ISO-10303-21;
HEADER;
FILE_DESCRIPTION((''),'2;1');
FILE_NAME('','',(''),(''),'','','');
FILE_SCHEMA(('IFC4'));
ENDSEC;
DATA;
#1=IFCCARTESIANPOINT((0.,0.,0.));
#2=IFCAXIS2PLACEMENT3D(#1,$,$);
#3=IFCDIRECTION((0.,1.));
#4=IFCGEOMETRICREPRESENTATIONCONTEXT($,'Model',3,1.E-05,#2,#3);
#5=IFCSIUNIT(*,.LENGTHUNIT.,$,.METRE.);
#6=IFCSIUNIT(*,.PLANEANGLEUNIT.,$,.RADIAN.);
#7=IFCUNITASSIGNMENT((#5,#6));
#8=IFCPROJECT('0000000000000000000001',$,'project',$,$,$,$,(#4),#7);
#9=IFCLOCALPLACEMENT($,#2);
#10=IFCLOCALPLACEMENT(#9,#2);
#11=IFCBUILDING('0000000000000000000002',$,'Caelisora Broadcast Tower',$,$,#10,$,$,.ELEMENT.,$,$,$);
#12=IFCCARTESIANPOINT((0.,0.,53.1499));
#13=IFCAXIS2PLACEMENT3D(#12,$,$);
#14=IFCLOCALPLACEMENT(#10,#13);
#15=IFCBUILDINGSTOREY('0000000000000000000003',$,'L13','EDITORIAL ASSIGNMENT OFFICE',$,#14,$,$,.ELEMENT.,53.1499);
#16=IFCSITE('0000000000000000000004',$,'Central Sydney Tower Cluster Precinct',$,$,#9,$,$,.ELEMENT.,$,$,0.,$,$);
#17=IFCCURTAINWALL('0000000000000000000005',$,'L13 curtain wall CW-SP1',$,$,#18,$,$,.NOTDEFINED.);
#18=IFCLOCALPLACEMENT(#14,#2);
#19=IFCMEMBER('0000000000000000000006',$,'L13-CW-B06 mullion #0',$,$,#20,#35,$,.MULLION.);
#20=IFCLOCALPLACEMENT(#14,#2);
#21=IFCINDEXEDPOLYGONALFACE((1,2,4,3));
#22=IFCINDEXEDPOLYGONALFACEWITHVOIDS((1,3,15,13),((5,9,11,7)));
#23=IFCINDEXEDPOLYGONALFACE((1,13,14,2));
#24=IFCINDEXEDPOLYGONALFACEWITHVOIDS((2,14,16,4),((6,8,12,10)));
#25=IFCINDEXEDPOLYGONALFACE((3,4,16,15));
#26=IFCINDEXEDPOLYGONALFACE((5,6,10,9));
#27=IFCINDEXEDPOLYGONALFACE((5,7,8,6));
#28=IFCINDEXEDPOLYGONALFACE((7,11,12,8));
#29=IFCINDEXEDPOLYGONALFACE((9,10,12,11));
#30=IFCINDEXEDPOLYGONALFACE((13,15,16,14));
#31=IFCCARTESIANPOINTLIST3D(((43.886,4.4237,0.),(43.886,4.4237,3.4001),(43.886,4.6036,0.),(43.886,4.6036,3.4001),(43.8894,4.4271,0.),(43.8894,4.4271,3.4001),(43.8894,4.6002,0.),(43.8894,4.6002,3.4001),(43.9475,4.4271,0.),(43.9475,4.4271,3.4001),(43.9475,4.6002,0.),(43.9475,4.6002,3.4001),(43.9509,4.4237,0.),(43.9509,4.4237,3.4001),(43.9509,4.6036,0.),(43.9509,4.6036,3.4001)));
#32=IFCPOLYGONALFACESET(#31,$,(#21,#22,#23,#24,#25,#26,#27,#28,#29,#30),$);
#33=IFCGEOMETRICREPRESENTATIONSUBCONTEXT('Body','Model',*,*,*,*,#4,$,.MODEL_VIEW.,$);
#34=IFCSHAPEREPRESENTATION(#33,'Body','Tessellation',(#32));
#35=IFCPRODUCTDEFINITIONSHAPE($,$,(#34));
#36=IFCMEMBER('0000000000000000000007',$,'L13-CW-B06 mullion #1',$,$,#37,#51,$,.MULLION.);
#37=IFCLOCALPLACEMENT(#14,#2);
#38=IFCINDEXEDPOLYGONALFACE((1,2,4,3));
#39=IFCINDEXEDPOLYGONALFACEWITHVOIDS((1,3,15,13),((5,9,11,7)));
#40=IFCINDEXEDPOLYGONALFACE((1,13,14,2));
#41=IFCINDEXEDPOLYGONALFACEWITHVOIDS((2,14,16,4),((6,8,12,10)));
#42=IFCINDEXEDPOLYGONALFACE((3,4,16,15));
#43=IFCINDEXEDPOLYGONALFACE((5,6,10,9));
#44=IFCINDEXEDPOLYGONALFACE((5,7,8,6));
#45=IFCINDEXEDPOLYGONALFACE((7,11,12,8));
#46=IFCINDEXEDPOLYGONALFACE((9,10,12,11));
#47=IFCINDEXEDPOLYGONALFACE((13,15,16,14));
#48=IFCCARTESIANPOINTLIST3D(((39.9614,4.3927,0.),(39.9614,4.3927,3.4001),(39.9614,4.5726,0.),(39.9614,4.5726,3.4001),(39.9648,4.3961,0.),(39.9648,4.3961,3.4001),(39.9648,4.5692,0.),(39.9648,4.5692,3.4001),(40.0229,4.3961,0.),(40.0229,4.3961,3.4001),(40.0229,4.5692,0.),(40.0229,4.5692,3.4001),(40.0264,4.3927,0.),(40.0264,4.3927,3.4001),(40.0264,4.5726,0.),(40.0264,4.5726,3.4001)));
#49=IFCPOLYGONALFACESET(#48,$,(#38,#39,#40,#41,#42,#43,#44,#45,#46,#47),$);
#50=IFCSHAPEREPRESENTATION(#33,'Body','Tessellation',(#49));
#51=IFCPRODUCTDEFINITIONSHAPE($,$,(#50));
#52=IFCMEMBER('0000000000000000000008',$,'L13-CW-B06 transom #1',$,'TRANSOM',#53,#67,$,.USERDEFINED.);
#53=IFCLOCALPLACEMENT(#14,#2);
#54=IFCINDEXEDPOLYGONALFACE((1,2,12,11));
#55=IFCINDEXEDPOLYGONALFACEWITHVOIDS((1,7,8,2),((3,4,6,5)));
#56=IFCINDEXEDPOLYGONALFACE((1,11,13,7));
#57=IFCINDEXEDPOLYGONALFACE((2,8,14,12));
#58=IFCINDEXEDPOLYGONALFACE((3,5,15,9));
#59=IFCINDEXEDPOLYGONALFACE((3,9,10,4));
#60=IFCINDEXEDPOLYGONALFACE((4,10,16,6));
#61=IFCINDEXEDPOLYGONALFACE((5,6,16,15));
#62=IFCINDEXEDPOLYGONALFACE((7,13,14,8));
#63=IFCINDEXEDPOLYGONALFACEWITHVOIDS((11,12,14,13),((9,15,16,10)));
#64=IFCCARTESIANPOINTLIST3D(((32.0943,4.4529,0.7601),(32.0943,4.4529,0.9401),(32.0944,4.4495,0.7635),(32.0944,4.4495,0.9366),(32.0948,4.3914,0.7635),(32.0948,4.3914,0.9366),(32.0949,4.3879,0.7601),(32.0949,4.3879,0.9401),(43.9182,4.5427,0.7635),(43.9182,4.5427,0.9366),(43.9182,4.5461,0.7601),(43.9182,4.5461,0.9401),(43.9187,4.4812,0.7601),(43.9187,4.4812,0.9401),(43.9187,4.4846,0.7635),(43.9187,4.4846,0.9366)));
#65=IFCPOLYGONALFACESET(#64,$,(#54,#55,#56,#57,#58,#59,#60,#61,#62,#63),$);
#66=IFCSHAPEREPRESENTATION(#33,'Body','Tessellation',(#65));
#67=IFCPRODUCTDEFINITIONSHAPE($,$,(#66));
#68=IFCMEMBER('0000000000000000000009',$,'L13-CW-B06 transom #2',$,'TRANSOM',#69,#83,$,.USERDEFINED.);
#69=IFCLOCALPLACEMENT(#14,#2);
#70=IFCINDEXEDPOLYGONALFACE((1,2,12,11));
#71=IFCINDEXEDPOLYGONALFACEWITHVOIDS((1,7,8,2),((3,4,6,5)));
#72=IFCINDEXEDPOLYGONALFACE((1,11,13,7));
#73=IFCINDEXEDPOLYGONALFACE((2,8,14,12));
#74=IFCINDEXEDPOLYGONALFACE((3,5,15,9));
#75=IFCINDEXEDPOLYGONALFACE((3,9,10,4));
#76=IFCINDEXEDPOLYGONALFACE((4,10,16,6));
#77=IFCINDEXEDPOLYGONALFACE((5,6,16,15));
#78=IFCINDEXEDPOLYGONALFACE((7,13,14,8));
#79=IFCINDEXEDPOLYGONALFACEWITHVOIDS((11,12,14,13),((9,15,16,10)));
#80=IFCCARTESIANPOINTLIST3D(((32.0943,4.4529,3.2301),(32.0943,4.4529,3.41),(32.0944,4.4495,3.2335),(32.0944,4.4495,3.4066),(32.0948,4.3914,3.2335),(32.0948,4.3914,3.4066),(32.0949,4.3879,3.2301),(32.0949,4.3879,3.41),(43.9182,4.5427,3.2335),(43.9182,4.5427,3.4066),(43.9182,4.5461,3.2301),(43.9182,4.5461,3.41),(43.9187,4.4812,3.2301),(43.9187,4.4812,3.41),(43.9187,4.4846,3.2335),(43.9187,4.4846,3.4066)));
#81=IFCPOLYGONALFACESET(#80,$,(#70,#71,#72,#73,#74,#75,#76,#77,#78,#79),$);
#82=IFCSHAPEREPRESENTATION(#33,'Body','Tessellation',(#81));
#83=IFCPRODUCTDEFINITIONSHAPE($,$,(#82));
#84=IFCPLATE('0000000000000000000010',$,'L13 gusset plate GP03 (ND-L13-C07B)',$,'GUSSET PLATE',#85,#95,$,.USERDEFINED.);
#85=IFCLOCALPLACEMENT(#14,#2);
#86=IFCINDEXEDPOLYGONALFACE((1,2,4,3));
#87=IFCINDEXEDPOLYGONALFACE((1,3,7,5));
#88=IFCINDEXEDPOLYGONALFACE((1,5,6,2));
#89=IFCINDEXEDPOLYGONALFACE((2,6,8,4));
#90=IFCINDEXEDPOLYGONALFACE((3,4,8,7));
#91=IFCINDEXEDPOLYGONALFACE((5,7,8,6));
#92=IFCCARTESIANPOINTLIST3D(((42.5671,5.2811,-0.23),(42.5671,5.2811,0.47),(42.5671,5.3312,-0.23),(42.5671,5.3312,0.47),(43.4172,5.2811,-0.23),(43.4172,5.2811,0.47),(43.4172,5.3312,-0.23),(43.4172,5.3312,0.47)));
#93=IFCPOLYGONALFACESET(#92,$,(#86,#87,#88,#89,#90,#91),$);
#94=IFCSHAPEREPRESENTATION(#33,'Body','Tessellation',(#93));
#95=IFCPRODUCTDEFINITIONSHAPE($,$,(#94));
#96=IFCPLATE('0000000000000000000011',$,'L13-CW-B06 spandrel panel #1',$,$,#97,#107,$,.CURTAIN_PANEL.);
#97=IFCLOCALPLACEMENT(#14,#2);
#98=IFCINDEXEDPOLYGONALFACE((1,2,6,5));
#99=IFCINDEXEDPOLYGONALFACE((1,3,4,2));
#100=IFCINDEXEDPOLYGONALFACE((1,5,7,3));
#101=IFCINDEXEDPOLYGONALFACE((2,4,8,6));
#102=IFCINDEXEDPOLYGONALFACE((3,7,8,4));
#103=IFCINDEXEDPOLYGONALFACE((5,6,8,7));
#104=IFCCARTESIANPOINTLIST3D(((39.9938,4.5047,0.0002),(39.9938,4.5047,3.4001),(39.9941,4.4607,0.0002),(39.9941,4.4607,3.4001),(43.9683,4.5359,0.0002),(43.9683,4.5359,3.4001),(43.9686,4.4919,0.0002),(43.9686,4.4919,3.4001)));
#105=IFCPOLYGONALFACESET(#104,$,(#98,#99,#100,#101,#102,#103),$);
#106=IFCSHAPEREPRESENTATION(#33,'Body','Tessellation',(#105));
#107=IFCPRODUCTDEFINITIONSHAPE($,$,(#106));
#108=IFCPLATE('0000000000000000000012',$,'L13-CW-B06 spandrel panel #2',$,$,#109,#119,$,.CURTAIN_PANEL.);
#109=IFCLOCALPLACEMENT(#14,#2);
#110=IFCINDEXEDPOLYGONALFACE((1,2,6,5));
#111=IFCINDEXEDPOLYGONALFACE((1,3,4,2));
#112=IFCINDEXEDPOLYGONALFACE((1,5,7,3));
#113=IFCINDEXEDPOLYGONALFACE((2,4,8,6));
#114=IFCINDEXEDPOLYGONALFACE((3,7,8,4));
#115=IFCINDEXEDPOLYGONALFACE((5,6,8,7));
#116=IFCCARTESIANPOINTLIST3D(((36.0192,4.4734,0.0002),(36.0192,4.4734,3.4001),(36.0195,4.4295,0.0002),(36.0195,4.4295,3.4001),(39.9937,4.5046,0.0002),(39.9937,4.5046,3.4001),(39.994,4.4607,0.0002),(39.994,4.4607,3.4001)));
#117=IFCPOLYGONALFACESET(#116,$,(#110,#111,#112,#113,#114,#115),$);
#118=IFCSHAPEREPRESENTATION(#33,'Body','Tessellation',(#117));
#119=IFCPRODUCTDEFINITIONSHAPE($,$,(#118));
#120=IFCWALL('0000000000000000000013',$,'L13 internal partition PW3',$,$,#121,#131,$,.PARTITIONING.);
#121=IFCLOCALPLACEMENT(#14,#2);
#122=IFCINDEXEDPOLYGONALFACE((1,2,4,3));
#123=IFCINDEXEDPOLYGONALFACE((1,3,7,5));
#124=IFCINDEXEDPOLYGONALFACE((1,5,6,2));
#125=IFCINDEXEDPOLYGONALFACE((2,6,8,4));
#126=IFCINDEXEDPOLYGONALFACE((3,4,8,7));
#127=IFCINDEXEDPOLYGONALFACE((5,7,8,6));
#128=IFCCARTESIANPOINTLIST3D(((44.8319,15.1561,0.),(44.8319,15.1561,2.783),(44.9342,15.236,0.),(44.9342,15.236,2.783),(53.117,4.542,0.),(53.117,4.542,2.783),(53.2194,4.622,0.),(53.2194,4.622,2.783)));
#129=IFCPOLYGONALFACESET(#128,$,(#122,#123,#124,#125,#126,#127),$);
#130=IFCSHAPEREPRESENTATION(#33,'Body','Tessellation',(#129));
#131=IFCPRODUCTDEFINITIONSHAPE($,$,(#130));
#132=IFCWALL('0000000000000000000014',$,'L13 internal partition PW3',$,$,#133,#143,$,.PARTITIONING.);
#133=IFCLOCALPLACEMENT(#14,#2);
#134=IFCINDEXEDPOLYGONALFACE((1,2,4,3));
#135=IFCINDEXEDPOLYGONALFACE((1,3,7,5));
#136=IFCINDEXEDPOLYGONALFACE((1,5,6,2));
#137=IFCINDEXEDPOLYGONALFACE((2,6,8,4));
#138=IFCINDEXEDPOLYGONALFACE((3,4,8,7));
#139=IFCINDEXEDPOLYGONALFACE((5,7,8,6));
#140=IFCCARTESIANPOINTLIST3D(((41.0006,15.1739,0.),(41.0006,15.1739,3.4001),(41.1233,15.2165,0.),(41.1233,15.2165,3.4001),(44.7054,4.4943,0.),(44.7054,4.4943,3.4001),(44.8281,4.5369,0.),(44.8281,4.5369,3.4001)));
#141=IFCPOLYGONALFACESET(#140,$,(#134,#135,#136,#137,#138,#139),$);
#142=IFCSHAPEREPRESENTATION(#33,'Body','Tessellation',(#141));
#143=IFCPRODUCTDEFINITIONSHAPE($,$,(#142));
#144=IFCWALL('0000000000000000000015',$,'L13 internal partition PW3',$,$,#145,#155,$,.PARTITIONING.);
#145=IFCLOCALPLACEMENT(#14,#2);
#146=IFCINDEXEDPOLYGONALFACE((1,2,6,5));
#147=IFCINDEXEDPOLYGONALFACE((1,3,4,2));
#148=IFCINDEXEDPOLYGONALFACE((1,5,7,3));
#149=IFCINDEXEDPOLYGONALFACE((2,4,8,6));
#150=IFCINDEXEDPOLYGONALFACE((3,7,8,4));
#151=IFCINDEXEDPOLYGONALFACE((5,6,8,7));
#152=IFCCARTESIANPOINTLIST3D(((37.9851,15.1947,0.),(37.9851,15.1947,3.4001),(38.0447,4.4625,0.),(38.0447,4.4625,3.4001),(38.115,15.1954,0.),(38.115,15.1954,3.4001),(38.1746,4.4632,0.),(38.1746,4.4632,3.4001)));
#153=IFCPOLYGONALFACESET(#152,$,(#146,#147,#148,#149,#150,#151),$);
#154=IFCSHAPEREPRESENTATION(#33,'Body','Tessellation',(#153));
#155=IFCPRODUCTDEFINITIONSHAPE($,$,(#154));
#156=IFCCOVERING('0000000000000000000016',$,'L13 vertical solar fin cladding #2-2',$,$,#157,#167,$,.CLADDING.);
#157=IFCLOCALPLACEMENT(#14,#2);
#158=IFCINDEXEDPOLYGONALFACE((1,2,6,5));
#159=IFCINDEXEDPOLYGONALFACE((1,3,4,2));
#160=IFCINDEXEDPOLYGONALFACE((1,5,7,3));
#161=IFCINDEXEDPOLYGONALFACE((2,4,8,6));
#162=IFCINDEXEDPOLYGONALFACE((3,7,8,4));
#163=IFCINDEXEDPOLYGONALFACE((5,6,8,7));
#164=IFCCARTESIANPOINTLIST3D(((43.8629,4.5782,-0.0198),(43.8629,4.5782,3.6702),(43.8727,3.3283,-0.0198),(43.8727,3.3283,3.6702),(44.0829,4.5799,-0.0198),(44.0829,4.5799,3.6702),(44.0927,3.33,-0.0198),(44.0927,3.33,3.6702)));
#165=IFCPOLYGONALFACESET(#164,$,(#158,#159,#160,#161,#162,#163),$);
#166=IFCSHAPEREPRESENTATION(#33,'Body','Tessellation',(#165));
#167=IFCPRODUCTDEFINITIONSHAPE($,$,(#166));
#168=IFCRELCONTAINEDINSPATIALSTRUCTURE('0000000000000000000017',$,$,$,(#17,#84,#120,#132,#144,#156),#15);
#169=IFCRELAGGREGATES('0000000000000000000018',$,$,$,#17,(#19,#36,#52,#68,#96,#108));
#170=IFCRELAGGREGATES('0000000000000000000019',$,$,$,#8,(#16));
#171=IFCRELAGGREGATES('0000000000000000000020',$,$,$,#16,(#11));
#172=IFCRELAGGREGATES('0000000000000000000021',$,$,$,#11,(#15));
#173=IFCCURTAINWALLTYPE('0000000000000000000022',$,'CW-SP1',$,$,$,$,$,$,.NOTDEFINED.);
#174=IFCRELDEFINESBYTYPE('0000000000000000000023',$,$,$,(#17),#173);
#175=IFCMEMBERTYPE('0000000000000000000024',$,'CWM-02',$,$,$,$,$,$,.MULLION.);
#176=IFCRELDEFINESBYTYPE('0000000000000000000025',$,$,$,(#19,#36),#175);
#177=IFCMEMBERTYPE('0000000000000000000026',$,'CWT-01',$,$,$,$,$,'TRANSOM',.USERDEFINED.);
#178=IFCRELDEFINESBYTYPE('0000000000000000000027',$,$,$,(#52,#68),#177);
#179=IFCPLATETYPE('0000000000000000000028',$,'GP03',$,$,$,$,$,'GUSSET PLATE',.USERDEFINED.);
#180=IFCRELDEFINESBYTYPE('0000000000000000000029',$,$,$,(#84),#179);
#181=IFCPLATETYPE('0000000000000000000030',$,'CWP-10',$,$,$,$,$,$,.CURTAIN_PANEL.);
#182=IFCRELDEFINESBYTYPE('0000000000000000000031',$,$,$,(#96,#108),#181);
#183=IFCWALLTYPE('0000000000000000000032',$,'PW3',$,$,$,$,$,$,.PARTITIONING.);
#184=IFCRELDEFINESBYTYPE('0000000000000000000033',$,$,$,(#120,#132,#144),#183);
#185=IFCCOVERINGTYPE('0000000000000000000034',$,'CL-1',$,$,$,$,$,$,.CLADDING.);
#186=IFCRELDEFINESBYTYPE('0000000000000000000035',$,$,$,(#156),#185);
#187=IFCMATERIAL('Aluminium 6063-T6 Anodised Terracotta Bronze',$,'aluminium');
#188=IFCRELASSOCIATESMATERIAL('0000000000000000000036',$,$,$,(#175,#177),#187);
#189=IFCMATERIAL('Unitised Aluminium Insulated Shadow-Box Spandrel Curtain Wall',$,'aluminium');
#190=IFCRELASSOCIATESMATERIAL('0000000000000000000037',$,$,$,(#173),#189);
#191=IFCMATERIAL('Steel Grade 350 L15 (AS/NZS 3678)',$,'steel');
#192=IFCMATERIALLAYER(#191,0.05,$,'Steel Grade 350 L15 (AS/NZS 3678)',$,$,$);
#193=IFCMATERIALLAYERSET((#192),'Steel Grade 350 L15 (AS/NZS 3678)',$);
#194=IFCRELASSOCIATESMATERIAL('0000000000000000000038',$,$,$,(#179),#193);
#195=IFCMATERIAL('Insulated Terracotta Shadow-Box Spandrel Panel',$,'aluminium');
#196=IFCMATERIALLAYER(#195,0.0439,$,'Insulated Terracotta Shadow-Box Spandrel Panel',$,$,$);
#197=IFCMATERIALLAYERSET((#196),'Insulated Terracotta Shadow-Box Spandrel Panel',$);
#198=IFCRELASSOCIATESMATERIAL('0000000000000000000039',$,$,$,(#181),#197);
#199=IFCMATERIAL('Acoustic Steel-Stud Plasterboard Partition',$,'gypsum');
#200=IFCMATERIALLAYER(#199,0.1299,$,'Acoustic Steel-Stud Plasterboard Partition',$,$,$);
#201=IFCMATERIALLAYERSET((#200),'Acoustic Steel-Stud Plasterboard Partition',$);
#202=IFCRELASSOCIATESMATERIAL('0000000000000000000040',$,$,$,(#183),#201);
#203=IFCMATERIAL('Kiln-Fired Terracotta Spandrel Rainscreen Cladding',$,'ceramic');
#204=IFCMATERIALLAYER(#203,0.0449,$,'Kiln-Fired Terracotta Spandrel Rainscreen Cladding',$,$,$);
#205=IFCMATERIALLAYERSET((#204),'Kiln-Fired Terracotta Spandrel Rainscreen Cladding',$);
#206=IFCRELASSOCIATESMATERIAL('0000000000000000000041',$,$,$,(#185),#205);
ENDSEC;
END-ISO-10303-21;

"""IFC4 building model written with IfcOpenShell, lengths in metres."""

from ifc_helpers import new_model, si_unit, direction, frame, frame_2d, origin, origin_2d, place, context, subcontext, project, spatial, rectangle, hollow_rectangle, extrude, source, transform, mapped, material, layer, layer_set, material_profile, profile_set, type_object, type_shapes, element, aggregate, save


model = new_model("IFC4")

# Units and contexts
model_context = context("Model", 3, precision=1e-05, world=origin(), true_north=direction((0.0, 1.0)))
body_context = subcontext(model_context, "Body", "Model", "MODEL_VIEW")
ifc_project = project(units=[si_unit("LENGTHUNIT", "METRE"), si_unit("PLANEANGLEUNIT", "RADIAN")], contexts=[model_context])

# Site, building, storey
site_placement = place(None, origin())
site = spatial("IfcSite", under=ifc_project, at=site_placement, Name="Central Sydney Tower Cluster Precinct", CompositionType="ELEMENT", RefElevation=0.0)
building_placement = place(site_placement, origin())
building = spatial("IfcBuilding", under=site, at=building_placement, Name="Caelisora Broadcast Tower", CompositionType="ELEMENT")
storey_placement = place(building_placement, frame((0.0, 0.0, 53.1499)))
storey = spatial("IfcBuildingStorey", under=building, at=storey_placement, Name="L13", Description="EDITORIAL ASSIGNMENT OFFICE", CompositionType="ELEMENT", Elevation=53.1499)

# Shared definitions
ifc_material_1 = material(Name="Steel Grade 350 L15 (AS/NZS 3678)", Category="steel")

# Shared definitions
ifc_material_2 = material(Name="Aluminium 6063-T6 Anodised Terracotta Bronze", Category="aluminium")
ifc_material_profile_1 = material_profile(ifc_material_2, hollow_rectangle(XDim=0.0649, YDim=0.1799, WallThickness=0.0034, at=origin_2d()), Name="Aluminium 6063-T6 Anodised Terracotta Bronze")
ifc_profile_set_1 = profile_set([ifc_material_profile_1], Name="Aluminium 6063-T6 Anodised Terracotta Bronze")
member_type_1 = type_object("IfcMemberType", Name="CWM-02", PredefinedType="MULLION", material=ifc_profile_set_1)
shared_shape_1 = source(origin(), body_context, "Body", "SweptSolid", [
    extrude(hollow_rectangle(XDim=0.0649, YDim=0.1799, WallThickness=0.0034, at=origin_2d()), origin(), (0.0, 0.0, 1.0), 3.4001),
])
type_shapes(member_type_1, [shared_shape_1])

# Curtain wall, members
ifc_material_3 = material(Name="Unitised Aluminium Insulated Shadow-Box Spandrel Curtain Wall", Category="aluminium")
curtain_wall_type_1 = type_object("IfcCurtainWallType", Name="CW-SP1", PredefinedType="NOTDEFINED", material=ifc_material_3)
curtain_wall_1_placement = place(storey_placement, origin())
curtain_wall_1 = element("IfcCurtainWall", 1, at=curtain_wall_1_placement, inside=storey, type_object=curtain_wall_type_1, Name="L13 curtain wall CW-SP1", PredefinedType="NOTDEFINED")
member_1_placement = place(storey_placement, frame((43.9185, 4.5137, 0.0), z_axis=(0.0, 0.0, 1.0), x_axis=(1.0, 0.0, 0.0)))
member_1 = element("IfcMember", 2, at=member_1_placement, type_object=member_type_1, Name="L13-CW-B06 mullion #0", PredefinedType="MULLION", context=body_context, shape_type="MappedRepresentation", body=[
    mapped(shared_shape_1, transform((0.0, 0.0, 0.0), scale=1.0)),
])
member_2_placement = place(storey_placement, frame((39.9939, 4.4827, 0.0), z_axis=(0.0, 0.0, 1.0), x_axis=(1.0, 0.0, 0.0)))
member_2 = element("IfcMember", 3, at=member_2_placement, type_object=member_type_1, Name="L13-CW-B06 mullion #1", PredefinedType="MULLION", context=body_context, shape_type="MappedRepresentation", body=[
    mapped(shared_shape_1, transform((0.0, 0.0, 0.0), scale=1.0)),
])
ifc_material_profile_2 = material_profile(ifc_material_2, hollow_rectangle(XDim=0.0649, YDim=0.1799, WallThickness=0.0034, at=origin_2d()), Name="Aluminium 6063-T6 Anodised Terracotta Bronze")
ifc_profile_set_2 = profile_set([ifc_material_profile_2], Name="Aluminium 6063-T6 Anodised Terracotta Bronze")
member_type_2 = type_object("IfcMemberType", Name="CWT-01", ElementType="TRANSOM", PredefinedType="USERDEFINED", material=ifc_profile_set_2)
shared_shape_2 = source(origin(), body_context, "Body", "SweptSolid", [
    extrude(hollow_rectangle(XDim=0.0649, YDim=0.1799, WallThickness=0.0034, at=origin_2d()), origin(), (0.0, 0.0, 1.0), 11.8242),
])
type_shapes(member_type_2, [shared_shape_2])
member_3_placement = place(storey_placement, frame((43.9185, 4.5137, 0.8501), z_axis=(-0.999969, -0.007887, 0.0), x_axis=(0.007887, -0.999969, 0.0)))
member_3 = element("IfcMember", 4, at=member_3_placement, type_object=member_type_2, Name="L13-CW-B06 transom #1", ObjectType="TRANSOM", PredefinedType="USERDEFINED", context=body_context, shape_type="MappedRepresentation", body=[
    mapped(shared_shape_2, transform((0.0, 0.0, 0.0), scale=1.0)),
])
member_4_placement = place(storey_placement, frame((43.9185, 4.5137, 3.3201), z_axis=(-0.999969, -0.007887, 0.0), x_axis=(0.007887, -0.999969, 0.0)))
member_4 = element("IfcMember", 5, at=member_4_placement, type_object=member_type_2, Name="L13-CW-B06 transom #2", ObjectType="TRANSOM", PredefinedType="USERDEFINED", context=body_context, shape_type="MappedRepresentation", body=[
    mapped(shared_shape_2, transform((0.0, 0.0, 0.0), scale=1.0)),
])

# Plates
ifc_layer_1 = layer(ifc_material_1, 0.05, Name="Steel Grade 350 L15 (AS/NZS 3678)")
ifc_layer_set_1 = layer_set([ifc_layer_1], Name="Steel Grade 350 L15 (AS/NZS 3678)")
plate_type_1 = type_object("IfcPlateType", Name="GP03", ElementType="GUSSET PLATE", PredefinedType="USERDEFINED", material=ifc_layer_set_1)
shared_shape_3 = source(origin(), body_context, "Body", "SweptSolid", [
    extrude(rectangle(XDim=0.8501, YDim=0.05, at=origin_2d()), origin(), (0.0, 0.0, 1.0), 0.7),
])
type_shapes(plate_type_1, [shared_shape_3])
plate_1_placement = place(storey_placement, frame((42.9922, 5.3062, -0.23), z_axis=(0.0, 0.0, 1.0), x_axis=(1.0, 0.0, 0.0)))
element("IfcPlate", 6, at=plate_1_placement, inside=storey, type_object=plate_type_1, Name="L13 gusset plate GP03 (ND-L13-C07B)", ObjectType="GUSSET PLATE", PredefinedType="USERDEFINED", context=body_context, shape_type="MappedRepresentation", body=[
    mapped(shared_shape_3, transform((0.0, 0.0, 0.0), scale=1.0)),
])
ifc_material_4 = material(Name="Insulated Terracotta Shadow-Box Spandrel Panel", Category="aluminium")
ifc_layer_2 = layer(ifc_material_4, 0.0439, Name="Insulated Terracotta Shadow-Box Spandrel Panel")
ifc_layer_set_2 = layer_set([ifc_layer_2], Name="Insulated Terracotta Shadow-Box Spandrel Panel")
plate_type_2 = type_object("IfcPlateType", Name="CWP-10", PredefinedType="CURTAIN_PANEL", material=ifc_layer_set_2)
shared_shape_4 = source(origin(), body_context, "Body", "SweptSolid", [
    extrude(rectangle(XDim=3.9746, YDim=0.0439, at=origin_2d()), origin(), (0.0, 0.0, 1.0), 3.3999),
])
type_shapes(plate_type_2, [shared_shape_4])
plate_2_placement = place(storey_placement, frame((41.9812, 4.4983, 0.0002), z_axis=(0.0, 0.0, 1.0), x_axis=(-0.999969, -0.007854, 0.0)))
plate_2 = element("IfcPlate", 7, at=plate_2_placement, type_object=plate_type_2, Name="L13-CW-B06 spandrel panel #1", PredefinedType="CURTAIN_PANEL", context=body_context, shape_type="MappedRepresentation", body=[
    mapped(shared_shape_4, transform((0.0, 0.0, 0.0), scale=1.0)),
])
plate_3_placement = place(storey_placement, frame((38.0066, 4.467, 0.0002), z_axis=(0.0, 0.0, 1.0), x_axis=(-0.999969, -0.007854, 0.0)))
plate_3 = element("IfcPlate", 8, at=plate_3_placement, type_object=plate_type_2, Name="L13-CW-B06 spandrel panel #2", PredefinedType="CURTAIN_PANEL", context=body_context, shape_type="MappedRepresentation", body=[
    mapped(shared_shape_4, transform((0.0, 0.0, 0.0), scale=1.0)),
])
aggregate(curtain_wall_1, [member_1, member_2, member_3, member_4, plate_2, plate_3])

# Walls
ifc_material_5 = material(Name="Acoustic Steel-Stud Plasterboard Partition", Category="gypsum")
ifc_layer_3 = layer(ifc_material_5, 0.1299, Name="Acoustic Steel-Stud Plasterboard Partition")
ifc_layer_set_3 = layer_set([ifc_layer_3], Name="Acoustic Steel-Stud Plasterboard Partition")
wall_type = type_object("IfcWallType", Name="PW3", PredefinedType="PARTITIONING", material=ifc_layer_set_3)
wall_1_placement = place(storey_placement, frame((44.8831, 15.196, 0.0), z_axis=(0.0, 0.0, 1.0), x_axis=(0.615319, -0.788278, 0.0)))
element("IfcWall", 9, at=wall_1_placement, inside=storey, type_object=wall_type, Name="L13 internal partition PW3", PredefinedType="PARTITIONING", context=body_context, shape_type="SweptSolid", body=[
    extrude(rectangle(XDim=13.4648, YDim=0.1299, at=frame_2d((6.7324, 0.0))), origin(), (0.0, 0.0, 1.0), 2.783),
])
wall_2_placement = place(storey_placement, frame((41.062, 15.1951, 0.0), z_axis=(0.0, 0.0, 1.0), x_axis=(0.327744, -0.944767, 0.0)))
element("IfcWall", 10, at=wall_2_placement, inside=storey, type_object=wall_type, Name="L13 internal partition PW3", PredefinedType="PARTITIONING", context=body_context, shape_type="SweptSolid", body=[
    extrude(rectangle(XDim=11.304, YDim=0.1299, at=frame_2d((5.6519, 0.0))), origin(), (0.0, 0.0, 1.0), 3.4001),
])
wall_3_placement = place(storey_placement, frame((38.05, 15.1951, 0.0), z_axis=(0.0, 0.0, 1.0), x_axis=(0.005551, -0.999985, 0.0)))
element("IfcWall", 11, at=wall_3_placement, inside=storey, type_object=wall_type, Name="L13 internal partition PW3", PredefinedType="PARTITIONING", context=body_context, shape_type="SweptSolid", body=[
    extrude(rectangle(XDim=10.7324, YDim=0.1299, at=frame_2d((5.3662, 0.0))), origin(), (0.0, 0.0, 1.0), 3.4001),
])

# Covering
ifc_material_6 = material(Name="Kiln-Fired Terracotta Spandrel Rainscreen Cladding", Category="ceramic")
ifc_layer_4 = layer(ifc_material_6, 0.0449, Name="Kiln-Fired Terracotta Spandrel Rainscreen Cladding")
ifc_layer_set_4 = layer_set([ifc_layer_4], Name="Kiln-Fired Terracotta Spandrel Rainscreen Cladding")
covering_type = type_object("IfcCoveringType", Name="CL-1", PredefinedType="CLADDING", material=ifc_layer_set_4)
shared_shape_5 = source(origin(), body_context, "Body", "SweptSolid", [
    extrude(rectangle(XDim=0.22, YDim=1.25, at=origin_2d()), origin(), (0.0, 0.0, 1.0), 3.6899),
])
type_shapes(covering_type, [shared_shape_5])
covering_placement = place(storey_placement, frame((43.9778, 3.9541, -0.0198), z_axis=(0.0, 0.0, 1.0), x_axis=(-0.999969, -0.007854, 0.0)))
element("IfcCovering", 12, at=covering_placement, inside=storey, type_object=covering_type, Name="L13 vertical solar fin cladding #2-2", PredefinedType="CLADDING", context=body_context, shape_type="MappedRepresentation", body=[
    mapped(shared_shape_5, transform((0.0, 0.0, 0.0), scale=1.0)),
])

save(model, "model.ifc")
